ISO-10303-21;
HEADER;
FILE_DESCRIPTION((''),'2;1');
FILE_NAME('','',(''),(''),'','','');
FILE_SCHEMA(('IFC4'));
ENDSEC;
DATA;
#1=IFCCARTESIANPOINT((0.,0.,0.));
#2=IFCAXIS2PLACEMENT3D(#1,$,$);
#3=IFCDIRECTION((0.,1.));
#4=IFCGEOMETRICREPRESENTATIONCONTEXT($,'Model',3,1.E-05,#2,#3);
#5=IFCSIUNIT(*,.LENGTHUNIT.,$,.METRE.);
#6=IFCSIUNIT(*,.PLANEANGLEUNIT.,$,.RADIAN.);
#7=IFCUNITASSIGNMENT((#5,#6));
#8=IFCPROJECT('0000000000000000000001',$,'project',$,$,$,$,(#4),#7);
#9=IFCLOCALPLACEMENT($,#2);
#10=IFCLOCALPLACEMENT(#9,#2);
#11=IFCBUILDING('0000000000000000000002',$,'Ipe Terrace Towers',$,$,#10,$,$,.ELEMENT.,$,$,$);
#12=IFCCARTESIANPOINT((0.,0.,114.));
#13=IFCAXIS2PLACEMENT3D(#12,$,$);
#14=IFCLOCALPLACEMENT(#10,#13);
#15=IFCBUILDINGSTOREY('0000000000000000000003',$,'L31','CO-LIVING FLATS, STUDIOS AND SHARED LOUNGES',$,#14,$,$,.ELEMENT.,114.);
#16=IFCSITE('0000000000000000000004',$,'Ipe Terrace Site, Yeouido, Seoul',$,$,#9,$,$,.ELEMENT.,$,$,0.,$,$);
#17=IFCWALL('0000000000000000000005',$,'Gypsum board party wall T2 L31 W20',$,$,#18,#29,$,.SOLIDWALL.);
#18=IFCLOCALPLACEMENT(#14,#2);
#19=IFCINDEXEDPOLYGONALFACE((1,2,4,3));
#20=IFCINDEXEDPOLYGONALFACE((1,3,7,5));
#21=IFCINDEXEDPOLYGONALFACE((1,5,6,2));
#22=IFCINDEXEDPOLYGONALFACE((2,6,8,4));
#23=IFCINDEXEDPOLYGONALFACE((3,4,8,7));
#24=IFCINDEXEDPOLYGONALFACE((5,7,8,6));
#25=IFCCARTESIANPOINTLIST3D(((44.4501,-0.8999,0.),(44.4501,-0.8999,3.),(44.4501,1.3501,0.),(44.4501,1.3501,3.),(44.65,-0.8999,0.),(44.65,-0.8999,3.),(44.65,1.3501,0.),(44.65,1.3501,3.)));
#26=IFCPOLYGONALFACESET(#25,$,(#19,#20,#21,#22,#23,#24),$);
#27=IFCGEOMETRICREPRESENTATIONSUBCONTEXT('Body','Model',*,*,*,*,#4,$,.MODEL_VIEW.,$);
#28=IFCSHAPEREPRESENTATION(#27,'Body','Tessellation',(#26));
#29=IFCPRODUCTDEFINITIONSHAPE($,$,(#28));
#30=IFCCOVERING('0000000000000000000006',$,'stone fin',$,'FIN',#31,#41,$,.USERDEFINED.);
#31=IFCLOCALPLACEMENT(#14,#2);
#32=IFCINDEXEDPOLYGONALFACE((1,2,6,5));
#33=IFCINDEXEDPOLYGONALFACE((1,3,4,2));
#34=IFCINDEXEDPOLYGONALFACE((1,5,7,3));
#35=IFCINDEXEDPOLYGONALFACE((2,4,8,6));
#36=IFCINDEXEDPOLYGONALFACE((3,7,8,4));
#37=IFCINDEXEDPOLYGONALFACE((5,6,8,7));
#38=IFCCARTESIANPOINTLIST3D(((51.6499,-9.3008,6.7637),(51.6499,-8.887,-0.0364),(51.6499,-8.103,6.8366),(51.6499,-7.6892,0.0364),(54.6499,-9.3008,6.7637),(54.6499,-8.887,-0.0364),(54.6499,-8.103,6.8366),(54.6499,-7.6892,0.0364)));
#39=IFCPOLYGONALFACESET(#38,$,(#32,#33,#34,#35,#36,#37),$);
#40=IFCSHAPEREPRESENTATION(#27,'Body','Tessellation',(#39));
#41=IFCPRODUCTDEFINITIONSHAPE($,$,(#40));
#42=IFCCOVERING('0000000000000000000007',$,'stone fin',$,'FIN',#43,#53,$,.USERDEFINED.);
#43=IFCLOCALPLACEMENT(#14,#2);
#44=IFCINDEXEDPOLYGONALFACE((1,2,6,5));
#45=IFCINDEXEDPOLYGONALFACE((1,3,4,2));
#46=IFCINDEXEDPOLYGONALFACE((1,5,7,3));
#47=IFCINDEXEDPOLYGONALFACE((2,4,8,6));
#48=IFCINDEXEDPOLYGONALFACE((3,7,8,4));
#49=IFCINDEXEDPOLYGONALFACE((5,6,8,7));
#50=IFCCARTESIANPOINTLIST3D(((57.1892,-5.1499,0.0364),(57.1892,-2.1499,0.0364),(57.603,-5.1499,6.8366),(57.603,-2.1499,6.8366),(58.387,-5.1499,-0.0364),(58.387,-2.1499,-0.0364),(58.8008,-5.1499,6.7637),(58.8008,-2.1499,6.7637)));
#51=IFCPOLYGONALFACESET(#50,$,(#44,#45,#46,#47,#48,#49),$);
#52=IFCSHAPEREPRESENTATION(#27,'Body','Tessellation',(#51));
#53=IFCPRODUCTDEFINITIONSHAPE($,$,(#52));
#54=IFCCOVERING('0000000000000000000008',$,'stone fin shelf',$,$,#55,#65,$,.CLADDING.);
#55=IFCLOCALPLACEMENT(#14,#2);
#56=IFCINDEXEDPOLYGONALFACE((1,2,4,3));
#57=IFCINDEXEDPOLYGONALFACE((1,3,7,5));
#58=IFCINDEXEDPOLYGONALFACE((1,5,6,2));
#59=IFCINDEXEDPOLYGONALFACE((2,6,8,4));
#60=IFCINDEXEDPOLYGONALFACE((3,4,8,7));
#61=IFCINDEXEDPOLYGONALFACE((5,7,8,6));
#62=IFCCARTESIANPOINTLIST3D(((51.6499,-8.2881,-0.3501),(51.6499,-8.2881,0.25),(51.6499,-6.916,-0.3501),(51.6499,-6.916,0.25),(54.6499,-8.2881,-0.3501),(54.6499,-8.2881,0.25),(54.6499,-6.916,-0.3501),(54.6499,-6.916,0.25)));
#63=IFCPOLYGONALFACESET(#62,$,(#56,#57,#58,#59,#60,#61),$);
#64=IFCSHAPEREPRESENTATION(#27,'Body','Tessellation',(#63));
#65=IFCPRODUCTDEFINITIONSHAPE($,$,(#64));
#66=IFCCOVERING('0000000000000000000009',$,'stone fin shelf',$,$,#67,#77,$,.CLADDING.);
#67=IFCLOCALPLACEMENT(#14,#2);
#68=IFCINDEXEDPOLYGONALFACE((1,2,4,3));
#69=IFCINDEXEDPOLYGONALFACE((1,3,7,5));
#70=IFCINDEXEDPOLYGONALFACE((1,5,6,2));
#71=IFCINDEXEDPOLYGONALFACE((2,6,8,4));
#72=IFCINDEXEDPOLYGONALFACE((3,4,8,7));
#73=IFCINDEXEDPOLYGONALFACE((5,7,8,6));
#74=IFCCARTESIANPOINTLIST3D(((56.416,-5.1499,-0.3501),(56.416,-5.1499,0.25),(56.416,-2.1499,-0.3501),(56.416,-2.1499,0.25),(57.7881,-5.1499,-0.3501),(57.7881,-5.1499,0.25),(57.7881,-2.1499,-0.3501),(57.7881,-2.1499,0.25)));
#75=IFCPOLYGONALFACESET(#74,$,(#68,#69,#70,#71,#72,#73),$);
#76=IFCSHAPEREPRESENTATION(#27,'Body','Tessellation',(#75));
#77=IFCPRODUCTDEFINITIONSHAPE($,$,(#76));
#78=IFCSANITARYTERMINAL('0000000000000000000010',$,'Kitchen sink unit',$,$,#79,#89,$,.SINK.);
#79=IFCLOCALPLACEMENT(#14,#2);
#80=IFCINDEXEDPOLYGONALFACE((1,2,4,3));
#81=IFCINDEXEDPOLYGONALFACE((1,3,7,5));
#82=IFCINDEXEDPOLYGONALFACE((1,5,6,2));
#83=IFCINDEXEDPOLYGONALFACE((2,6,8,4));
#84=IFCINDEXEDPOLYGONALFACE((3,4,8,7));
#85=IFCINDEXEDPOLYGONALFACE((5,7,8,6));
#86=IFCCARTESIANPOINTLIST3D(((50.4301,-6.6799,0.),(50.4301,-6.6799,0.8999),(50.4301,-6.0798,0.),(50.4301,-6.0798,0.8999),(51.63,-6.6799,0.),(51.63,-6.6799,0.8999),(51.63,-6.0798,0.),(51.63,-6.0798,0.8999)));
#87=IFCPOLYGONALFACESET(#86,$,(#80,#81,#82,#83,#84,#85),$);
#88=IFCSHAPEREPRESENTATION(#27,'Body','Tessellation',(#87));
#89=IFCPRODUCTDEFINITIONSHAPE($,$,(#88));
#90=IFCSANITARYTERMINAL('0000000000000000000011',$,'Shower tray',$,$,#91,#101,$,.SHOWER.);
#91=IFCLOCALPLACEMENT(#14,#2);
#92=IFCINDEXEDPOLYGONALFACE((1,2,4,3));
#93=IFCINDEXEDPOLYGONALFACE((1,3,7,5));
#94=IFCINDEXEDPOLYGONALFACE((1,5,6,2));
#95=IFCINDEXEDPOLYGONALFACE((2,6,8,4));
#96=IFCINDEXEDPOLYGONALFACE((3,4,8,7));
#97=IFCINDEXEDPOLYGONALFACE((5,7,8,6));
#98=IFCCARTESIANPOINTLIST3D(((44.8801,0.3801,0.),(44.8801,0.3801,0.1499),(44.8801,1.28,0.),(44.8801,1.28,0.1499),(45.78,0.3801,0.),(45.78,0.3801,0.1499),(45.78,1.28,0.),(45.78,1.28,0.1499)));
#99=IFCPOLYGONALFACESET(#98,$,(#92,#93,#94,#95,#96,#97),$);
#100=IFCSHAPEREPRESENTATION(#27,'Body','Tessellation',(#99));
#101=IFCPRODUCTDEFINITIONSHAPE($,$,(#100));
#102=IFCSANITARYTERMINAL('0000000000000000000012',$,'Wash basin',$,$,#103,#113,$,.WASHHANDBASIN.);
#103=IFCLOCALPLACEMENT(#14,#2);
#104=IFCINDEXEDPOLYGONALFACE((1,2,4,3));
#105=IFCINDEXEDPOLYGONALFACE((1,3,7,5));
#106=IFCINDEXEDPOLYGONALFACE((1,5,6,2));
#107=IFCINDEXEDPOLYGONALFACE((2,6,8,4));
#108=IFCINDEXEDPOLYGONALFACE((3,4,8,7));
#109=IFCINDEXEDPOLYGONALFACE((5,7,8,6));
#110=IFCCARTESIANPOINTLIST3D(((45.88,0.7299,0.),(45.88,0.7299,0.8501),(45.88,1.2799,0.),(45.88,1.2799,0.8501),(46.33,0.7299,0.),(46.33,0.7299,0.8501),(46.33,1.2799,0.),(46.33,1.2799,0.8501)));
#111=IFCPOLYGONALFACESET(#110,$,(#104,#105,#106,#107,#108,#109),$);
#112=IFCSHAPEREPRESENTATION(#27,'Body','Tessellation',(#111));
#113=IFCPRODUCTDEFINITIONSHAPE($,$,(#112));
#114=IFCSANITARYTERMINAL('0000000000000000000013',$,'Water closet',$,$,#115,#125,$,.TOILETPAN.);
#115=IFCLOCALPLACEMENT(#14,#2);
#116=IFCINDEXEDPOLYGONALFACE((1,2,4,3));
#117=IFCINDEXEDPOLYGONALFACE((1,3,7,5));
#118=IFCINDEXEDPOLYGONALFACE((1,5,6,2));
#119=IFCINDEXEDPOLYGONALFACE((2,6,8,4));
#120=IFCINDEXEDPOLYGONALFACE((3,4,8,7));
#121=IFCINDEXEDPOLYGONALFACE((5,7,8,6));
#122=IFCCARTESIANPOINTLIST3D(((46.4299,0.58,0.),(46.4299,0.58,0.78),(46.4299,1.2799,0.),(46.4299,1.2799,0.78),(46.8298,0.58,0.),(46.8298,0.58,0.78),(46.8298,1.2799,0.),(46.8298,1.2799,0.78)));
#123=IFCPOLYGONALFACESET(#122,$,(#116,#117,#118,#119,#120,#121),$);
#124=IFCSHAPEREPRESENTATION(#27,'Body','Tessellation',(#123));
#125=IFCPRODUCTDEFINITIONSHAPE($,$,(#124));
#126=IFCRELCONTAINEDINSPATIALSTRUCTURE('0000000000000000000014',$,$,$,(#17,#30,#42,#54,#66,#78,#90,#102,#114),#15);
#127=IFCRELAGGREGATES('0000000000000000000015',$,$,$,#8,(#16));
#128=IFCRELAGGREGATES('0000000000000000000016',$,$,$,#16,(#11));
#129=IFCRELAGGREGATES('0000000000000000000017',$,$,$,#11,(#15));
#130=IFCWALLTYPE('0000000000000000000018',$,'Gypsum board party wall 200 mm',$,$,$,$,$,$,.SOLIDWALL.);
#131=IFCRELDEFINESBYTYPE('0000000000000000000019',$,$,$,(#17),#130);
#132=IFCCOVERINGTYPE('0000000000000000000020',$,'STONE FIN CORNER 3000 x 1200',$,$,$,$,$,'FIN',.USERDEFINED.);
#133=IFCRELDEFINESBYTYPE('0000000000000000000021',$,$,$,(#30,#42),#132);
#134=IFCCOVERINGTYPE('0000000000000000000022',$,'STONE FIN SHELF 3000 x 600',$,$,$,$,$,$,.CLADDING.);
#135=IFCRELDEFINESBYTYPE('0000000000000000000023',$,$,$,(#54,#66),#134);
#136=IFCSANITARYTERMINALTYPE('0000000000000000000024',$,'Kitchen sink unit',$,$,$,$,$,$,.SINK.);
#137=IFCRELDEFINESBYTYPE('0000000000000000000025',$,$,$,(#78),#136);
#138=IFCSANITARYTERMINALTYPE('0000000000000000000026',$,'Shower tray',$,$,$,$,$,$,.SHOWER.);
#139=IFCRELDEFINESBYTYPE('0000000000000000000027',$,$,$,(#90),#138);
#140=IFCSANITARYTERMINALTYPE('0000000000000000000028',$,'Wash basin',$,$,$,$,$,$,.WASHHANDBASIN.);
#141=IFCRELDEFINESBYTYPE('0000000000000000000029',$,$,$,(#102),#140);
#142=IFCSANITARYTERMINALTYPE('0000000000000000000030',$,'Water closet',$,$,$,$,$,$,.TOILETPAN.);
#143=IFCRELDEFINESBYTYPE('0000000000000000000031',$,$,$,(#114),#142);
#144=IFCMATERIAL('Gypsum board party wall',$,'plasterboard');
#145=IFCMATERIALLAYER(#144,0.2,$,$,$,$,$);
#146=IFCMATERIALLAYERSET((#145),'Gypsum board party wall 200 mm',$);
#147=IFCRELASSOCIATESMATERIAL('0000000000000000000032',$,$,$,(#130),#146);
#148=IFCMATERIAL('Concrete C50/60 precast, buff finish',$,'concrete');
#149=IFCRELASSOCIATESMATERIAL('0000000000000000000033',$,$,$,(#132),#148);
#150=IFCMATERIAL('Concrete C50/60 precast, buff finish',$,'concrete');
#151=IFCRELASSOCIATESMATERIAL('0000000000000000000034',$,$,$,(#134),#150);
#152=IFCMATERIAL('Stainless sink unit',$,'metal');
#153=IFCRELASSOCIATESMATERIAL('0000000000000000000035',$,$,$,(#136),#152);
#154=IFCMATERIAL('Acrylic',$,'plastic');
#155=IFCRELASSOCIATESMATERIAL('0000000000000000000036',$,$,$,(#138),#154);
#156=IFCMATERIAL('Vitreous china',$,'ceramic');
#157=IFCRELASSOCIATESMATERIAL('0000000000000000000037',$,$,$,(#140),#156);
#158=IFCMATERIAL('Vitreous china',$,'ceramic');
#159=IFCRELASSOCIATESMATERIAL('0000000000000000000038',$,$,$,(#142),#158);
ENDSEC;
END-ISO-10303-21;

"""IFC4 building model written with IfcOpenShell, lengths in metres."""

from ifc_helpers import new_model, si_unit, direction, frame, frame_2d, origin, origin_2d, place, context, subcontext, project, spatial, rectangle, extrude, material, layer, layer_set, material_profile, profile_set, type_object, element, save


model = new_model("IFC4")

# Units and contexts
model_context = context("Model", 3, precision=1e-05, world=origin(), true_north=direction((0.0, 1.0)))
body_context = subcontext(model_context, "Body", "Model", "MODEL_VIEW")
ifc_project = project(units=[si_unit("LENGTHUNIT", "METRE"), si_unit("PLANEANGLEUNIT", "RADIAN")], contexts=[model_context])

# Site, building, storey
site_placement = place(None, origin())
site = spatial("IfcSite", under=ifc_project, at=site_placement, Name="Ipe Terrace Site, Yeouido, Seoul", CompositionType="ELEMENT", RefElevation=0.0)
building_placement = place(site_placement, origin())
building = spatial("IfcBuilding", under=site, at=building_placement, Name="Ipe Terrace Towers", CompositionType="ELEMENT")
storey_placement = place(building_placement, frame((0.0, 0.0, 114.0)))
storey = spatial("IfcBuildingStorey", under=building, at=storey_placement, Name="L31", Description="CO-LIVING FLATS, STUDIOS AND SHARED LOUNGES", CompositionType="ELEMENT", Elevation=114.0)

# Shared definitions
ifc_material_1 = material(Name="Gypsum board party wall", Category="plasterboard")
ifc_layer_1 = layer(ifc_material_1, 0.2)
ifc_layer_set_1 = layer_set([ifc_layer_1], Name="Gypsum board party wall 200 mm")
wall_type_1 = type_object("IfcWallType", Name="Gypsum board party wall 200 mm", PredefinedType="SOLIDWALL", material=ifc_layer_set_1)

# Wall
wall_1_placement = place(storey_placement, frame((44.55, -0.8999, 0.0), z_axis=(0.0, 0.0, 1.0), x_axis=(0.0, 1.0, 0.0)))
element("IfcWall", 1, at=wall_1_placement, inside=storey, type_object=wall_type_1, Name="Gypsum board party wall T2 L31 W20", PredefinedType="SOLIDWALL", context=body_context, shape_type="SweptSolid", body=[
    extrude(rectangle(XDim=2.25, YDim=0.2, at=frame_2d((1.125, 0.0))), origin(), (0.0, 0.0, 1.0), 3.0),
])

# Coverings
ifc_material_2 = material(Name="Concrete C50/60 precast, buff finish", Category="concrete")
ifc_material_profile_1 = material_profile(ifc_material_2, rectangle(XDim=3.0, YDim=1.2, at=origin_2d()), Name="STONE FIN CORNER 3000 x 1200")
ifc_profile_set_1 = profile_set([ifc_material_profile_1], Name="Concrete C50/60 precast, buff finish")
covering_type_1 = type_object("IfcCoveringType", Name="STONE FIN CORNER 3000 x 1200", ElementType="FIN", PredefinedType="USERDEFINED", material=ifc_profile_set_1)
for number, where, z_axis, x_axis, name in (
    (2, (53.1499, -8.2881, 0.0), (0.0, -0.060743, 0.998153), (1.0, 0.0, 0.0), "stone fin"),
    (3, (57.7881, -3.6499, 0.0), (0.060743, 0.0, 0.998153), (0.0, 1.0, 0.0), "stone fin"),
):
    element("IfcCovering", number, at=place(storey_placement, frame(where, z_axis=z_axis, x_axis=x_axis)), inside=storey, type_object=covering_type_1, Name=name, ObjectType="FIN", PredefinedType="USERDEFINED", context=body_context, shape_type="SweptSolid", body=[
        extrude(rectangle(XDim=3.0, YDim=1.2, at=origin_2d()), origin(), (0.0, 0.0, 1.0), 6.8127),
    ])
ifc_material_3 = material(Name="Concrete C50/60 precast, buff finish", Category="concrete")
covering_type_2 = type_object("IfcCoveringType", Name="STONE FIN SHELF 3000 x 600", PredefinedType="CLADDING", material=ifc_material_3)
for number, where, z_axis, x_axis, name in (
    (4, (53.1499, -7.6021, -0.3501), (0.0, 0.0, 1.0), (1.0, 0.0, 0.0), "stone fin shelf"),
    (5, (57.1021, -3.6499, -0.3501), (0.0, 0.0, 1.0), (0.0, 1.0, 0.0), "stone fin shelf"),
):
    element("IfcCovering", number, at=place(storey_placement, frame(where, z_axis=z_axis, x_axis=x_axis)), inside=storey, type_object=covering_type_2, Name=name, PredefinedType="CLADDING", context=body_context, shape_type="SweptSolid", body=[
        extrude(rectangle(XDim=3.0, YDim=1.3721, at=origin_2d()), origin(), (0.0, 0.0, 1.0), 0.6001),
    ])

# Sanitary terminals
ifc_material_4 = material(Name="Stainless sink unit", Category="metal")
sanitary_terminal_type_1 = type_object("IfcSanitaryTerminalType", Name="Kitchen sink unit", PredefinedType="SINK", material=ifc_material_4)
sanitary_terminal_1_placement = place(storey_placement, frame((51.03, -6.3799, 0.0), z_axis=(0.0, 0.0, 1.0), x_axis=(-1.0, 0.0, 0.0)))
element("IfcSanitaryTerminal", 6, at=sanitary_terminal_1_placement, inside=storey, type_object=sanitary_terminal_type_1, Name="Kitchen sink unit", PredefinedType="SINK", context=body_context, shape_type="SweptSolid", body=[
    extrude(rectangle(XDim=1.2, YDim=0.6001, at=origin_2d()), origin(), (0.0, 0.0, 1.0), 0.8999),
])
ifc_material_5 = material(Name="Acrylic", Category="plastic")
sanitary_terminal_type_2 = type_object("IfcSanitaryTerminalType", Name="Shower tray", PredefinedType="SHOWER", material=ifc_material_5)
sanitary_terminal_2_placement = place(storey_placement, frame((45.3301, 0.8301, 0.0), z_axis=(0.0, 0.0, 1.0), x_axis=(0.0, -1.0, 0.0)))
element("IfcSanitaryTerminal", 7, at=sanitary_terminal_2_placement, inside=storey, type_object=sanitary_terminal_type_2, Name="Shower tray", PredefinedType="SHOWER", context=body_context, shape_type="SweptSolid", body=[
    extrude(rectangle(XDim=0.8999, YDim=0.8999, at=origin_2d()), origin(), (0.0, 0.0, 1.0), 0.1499),
])
ifc_material_6 = material(Name="Vitreous china", Category="ceramic")
sanitary_terminal_type_3 = type_object("IfcSanitaryTerminalType", Name="Wash basin", PredefinedType="WASHHANDBASIN", material=ifc_material_6)
sanitary_terminal_3_placement = place(storey_placement, frame((46.105, 1.0049, 0.0), z_axis=(0.0, 0.0, 1.0), x_axis=(0.0, -1.0, 0.0)))
element("IfcSanitaryTerminal", 8, at=sanitary_terminal_3_placement, inside=storey, type_object=sanitary_terminal_type_3, Name="Wash basin", PredefinedType="WASHHANDBASIN", context=body_context, shape_type="SweptSolid", body=[
    extrude(rectangle(XDim=0.55, YDim=0.45, at=origin_2d()), origin(), (0.0, 0.0, 1.0), 0.8501),
])
ifc_material_7 = material(Name="Vitreous china", Category="ceramic")
sanitary_terminal_type_4 = type_object("IfcSanitaryTerminalType", Name="Water closet", PredefinedType="TOILETPAN", material=ifc_material_7)
sanitary_terminal_4_placement = place(storey_placement, frame((46.6299, 0.9299, 0.0), z_axis=(0.0, 0.0, 1.0), x_axis=(0.0, -1.0, 0.0)))
element("IfcSanitaryTerminal", 9, at=sanitary_terminal_4_placement, inside=storey, type_object=sanitary_terminal_type_4, Name="Water closet", PredefinedType="TOILETPAN", context=body_context, shape_type="SweptSolid", body=[
    extrude(rectangle(XDim=0.7, YDim=0.3999, at=origin_2d()), origin(), (0.0, 0.0, 1.0), 0.78),
])

save(model, "model.ifc")
